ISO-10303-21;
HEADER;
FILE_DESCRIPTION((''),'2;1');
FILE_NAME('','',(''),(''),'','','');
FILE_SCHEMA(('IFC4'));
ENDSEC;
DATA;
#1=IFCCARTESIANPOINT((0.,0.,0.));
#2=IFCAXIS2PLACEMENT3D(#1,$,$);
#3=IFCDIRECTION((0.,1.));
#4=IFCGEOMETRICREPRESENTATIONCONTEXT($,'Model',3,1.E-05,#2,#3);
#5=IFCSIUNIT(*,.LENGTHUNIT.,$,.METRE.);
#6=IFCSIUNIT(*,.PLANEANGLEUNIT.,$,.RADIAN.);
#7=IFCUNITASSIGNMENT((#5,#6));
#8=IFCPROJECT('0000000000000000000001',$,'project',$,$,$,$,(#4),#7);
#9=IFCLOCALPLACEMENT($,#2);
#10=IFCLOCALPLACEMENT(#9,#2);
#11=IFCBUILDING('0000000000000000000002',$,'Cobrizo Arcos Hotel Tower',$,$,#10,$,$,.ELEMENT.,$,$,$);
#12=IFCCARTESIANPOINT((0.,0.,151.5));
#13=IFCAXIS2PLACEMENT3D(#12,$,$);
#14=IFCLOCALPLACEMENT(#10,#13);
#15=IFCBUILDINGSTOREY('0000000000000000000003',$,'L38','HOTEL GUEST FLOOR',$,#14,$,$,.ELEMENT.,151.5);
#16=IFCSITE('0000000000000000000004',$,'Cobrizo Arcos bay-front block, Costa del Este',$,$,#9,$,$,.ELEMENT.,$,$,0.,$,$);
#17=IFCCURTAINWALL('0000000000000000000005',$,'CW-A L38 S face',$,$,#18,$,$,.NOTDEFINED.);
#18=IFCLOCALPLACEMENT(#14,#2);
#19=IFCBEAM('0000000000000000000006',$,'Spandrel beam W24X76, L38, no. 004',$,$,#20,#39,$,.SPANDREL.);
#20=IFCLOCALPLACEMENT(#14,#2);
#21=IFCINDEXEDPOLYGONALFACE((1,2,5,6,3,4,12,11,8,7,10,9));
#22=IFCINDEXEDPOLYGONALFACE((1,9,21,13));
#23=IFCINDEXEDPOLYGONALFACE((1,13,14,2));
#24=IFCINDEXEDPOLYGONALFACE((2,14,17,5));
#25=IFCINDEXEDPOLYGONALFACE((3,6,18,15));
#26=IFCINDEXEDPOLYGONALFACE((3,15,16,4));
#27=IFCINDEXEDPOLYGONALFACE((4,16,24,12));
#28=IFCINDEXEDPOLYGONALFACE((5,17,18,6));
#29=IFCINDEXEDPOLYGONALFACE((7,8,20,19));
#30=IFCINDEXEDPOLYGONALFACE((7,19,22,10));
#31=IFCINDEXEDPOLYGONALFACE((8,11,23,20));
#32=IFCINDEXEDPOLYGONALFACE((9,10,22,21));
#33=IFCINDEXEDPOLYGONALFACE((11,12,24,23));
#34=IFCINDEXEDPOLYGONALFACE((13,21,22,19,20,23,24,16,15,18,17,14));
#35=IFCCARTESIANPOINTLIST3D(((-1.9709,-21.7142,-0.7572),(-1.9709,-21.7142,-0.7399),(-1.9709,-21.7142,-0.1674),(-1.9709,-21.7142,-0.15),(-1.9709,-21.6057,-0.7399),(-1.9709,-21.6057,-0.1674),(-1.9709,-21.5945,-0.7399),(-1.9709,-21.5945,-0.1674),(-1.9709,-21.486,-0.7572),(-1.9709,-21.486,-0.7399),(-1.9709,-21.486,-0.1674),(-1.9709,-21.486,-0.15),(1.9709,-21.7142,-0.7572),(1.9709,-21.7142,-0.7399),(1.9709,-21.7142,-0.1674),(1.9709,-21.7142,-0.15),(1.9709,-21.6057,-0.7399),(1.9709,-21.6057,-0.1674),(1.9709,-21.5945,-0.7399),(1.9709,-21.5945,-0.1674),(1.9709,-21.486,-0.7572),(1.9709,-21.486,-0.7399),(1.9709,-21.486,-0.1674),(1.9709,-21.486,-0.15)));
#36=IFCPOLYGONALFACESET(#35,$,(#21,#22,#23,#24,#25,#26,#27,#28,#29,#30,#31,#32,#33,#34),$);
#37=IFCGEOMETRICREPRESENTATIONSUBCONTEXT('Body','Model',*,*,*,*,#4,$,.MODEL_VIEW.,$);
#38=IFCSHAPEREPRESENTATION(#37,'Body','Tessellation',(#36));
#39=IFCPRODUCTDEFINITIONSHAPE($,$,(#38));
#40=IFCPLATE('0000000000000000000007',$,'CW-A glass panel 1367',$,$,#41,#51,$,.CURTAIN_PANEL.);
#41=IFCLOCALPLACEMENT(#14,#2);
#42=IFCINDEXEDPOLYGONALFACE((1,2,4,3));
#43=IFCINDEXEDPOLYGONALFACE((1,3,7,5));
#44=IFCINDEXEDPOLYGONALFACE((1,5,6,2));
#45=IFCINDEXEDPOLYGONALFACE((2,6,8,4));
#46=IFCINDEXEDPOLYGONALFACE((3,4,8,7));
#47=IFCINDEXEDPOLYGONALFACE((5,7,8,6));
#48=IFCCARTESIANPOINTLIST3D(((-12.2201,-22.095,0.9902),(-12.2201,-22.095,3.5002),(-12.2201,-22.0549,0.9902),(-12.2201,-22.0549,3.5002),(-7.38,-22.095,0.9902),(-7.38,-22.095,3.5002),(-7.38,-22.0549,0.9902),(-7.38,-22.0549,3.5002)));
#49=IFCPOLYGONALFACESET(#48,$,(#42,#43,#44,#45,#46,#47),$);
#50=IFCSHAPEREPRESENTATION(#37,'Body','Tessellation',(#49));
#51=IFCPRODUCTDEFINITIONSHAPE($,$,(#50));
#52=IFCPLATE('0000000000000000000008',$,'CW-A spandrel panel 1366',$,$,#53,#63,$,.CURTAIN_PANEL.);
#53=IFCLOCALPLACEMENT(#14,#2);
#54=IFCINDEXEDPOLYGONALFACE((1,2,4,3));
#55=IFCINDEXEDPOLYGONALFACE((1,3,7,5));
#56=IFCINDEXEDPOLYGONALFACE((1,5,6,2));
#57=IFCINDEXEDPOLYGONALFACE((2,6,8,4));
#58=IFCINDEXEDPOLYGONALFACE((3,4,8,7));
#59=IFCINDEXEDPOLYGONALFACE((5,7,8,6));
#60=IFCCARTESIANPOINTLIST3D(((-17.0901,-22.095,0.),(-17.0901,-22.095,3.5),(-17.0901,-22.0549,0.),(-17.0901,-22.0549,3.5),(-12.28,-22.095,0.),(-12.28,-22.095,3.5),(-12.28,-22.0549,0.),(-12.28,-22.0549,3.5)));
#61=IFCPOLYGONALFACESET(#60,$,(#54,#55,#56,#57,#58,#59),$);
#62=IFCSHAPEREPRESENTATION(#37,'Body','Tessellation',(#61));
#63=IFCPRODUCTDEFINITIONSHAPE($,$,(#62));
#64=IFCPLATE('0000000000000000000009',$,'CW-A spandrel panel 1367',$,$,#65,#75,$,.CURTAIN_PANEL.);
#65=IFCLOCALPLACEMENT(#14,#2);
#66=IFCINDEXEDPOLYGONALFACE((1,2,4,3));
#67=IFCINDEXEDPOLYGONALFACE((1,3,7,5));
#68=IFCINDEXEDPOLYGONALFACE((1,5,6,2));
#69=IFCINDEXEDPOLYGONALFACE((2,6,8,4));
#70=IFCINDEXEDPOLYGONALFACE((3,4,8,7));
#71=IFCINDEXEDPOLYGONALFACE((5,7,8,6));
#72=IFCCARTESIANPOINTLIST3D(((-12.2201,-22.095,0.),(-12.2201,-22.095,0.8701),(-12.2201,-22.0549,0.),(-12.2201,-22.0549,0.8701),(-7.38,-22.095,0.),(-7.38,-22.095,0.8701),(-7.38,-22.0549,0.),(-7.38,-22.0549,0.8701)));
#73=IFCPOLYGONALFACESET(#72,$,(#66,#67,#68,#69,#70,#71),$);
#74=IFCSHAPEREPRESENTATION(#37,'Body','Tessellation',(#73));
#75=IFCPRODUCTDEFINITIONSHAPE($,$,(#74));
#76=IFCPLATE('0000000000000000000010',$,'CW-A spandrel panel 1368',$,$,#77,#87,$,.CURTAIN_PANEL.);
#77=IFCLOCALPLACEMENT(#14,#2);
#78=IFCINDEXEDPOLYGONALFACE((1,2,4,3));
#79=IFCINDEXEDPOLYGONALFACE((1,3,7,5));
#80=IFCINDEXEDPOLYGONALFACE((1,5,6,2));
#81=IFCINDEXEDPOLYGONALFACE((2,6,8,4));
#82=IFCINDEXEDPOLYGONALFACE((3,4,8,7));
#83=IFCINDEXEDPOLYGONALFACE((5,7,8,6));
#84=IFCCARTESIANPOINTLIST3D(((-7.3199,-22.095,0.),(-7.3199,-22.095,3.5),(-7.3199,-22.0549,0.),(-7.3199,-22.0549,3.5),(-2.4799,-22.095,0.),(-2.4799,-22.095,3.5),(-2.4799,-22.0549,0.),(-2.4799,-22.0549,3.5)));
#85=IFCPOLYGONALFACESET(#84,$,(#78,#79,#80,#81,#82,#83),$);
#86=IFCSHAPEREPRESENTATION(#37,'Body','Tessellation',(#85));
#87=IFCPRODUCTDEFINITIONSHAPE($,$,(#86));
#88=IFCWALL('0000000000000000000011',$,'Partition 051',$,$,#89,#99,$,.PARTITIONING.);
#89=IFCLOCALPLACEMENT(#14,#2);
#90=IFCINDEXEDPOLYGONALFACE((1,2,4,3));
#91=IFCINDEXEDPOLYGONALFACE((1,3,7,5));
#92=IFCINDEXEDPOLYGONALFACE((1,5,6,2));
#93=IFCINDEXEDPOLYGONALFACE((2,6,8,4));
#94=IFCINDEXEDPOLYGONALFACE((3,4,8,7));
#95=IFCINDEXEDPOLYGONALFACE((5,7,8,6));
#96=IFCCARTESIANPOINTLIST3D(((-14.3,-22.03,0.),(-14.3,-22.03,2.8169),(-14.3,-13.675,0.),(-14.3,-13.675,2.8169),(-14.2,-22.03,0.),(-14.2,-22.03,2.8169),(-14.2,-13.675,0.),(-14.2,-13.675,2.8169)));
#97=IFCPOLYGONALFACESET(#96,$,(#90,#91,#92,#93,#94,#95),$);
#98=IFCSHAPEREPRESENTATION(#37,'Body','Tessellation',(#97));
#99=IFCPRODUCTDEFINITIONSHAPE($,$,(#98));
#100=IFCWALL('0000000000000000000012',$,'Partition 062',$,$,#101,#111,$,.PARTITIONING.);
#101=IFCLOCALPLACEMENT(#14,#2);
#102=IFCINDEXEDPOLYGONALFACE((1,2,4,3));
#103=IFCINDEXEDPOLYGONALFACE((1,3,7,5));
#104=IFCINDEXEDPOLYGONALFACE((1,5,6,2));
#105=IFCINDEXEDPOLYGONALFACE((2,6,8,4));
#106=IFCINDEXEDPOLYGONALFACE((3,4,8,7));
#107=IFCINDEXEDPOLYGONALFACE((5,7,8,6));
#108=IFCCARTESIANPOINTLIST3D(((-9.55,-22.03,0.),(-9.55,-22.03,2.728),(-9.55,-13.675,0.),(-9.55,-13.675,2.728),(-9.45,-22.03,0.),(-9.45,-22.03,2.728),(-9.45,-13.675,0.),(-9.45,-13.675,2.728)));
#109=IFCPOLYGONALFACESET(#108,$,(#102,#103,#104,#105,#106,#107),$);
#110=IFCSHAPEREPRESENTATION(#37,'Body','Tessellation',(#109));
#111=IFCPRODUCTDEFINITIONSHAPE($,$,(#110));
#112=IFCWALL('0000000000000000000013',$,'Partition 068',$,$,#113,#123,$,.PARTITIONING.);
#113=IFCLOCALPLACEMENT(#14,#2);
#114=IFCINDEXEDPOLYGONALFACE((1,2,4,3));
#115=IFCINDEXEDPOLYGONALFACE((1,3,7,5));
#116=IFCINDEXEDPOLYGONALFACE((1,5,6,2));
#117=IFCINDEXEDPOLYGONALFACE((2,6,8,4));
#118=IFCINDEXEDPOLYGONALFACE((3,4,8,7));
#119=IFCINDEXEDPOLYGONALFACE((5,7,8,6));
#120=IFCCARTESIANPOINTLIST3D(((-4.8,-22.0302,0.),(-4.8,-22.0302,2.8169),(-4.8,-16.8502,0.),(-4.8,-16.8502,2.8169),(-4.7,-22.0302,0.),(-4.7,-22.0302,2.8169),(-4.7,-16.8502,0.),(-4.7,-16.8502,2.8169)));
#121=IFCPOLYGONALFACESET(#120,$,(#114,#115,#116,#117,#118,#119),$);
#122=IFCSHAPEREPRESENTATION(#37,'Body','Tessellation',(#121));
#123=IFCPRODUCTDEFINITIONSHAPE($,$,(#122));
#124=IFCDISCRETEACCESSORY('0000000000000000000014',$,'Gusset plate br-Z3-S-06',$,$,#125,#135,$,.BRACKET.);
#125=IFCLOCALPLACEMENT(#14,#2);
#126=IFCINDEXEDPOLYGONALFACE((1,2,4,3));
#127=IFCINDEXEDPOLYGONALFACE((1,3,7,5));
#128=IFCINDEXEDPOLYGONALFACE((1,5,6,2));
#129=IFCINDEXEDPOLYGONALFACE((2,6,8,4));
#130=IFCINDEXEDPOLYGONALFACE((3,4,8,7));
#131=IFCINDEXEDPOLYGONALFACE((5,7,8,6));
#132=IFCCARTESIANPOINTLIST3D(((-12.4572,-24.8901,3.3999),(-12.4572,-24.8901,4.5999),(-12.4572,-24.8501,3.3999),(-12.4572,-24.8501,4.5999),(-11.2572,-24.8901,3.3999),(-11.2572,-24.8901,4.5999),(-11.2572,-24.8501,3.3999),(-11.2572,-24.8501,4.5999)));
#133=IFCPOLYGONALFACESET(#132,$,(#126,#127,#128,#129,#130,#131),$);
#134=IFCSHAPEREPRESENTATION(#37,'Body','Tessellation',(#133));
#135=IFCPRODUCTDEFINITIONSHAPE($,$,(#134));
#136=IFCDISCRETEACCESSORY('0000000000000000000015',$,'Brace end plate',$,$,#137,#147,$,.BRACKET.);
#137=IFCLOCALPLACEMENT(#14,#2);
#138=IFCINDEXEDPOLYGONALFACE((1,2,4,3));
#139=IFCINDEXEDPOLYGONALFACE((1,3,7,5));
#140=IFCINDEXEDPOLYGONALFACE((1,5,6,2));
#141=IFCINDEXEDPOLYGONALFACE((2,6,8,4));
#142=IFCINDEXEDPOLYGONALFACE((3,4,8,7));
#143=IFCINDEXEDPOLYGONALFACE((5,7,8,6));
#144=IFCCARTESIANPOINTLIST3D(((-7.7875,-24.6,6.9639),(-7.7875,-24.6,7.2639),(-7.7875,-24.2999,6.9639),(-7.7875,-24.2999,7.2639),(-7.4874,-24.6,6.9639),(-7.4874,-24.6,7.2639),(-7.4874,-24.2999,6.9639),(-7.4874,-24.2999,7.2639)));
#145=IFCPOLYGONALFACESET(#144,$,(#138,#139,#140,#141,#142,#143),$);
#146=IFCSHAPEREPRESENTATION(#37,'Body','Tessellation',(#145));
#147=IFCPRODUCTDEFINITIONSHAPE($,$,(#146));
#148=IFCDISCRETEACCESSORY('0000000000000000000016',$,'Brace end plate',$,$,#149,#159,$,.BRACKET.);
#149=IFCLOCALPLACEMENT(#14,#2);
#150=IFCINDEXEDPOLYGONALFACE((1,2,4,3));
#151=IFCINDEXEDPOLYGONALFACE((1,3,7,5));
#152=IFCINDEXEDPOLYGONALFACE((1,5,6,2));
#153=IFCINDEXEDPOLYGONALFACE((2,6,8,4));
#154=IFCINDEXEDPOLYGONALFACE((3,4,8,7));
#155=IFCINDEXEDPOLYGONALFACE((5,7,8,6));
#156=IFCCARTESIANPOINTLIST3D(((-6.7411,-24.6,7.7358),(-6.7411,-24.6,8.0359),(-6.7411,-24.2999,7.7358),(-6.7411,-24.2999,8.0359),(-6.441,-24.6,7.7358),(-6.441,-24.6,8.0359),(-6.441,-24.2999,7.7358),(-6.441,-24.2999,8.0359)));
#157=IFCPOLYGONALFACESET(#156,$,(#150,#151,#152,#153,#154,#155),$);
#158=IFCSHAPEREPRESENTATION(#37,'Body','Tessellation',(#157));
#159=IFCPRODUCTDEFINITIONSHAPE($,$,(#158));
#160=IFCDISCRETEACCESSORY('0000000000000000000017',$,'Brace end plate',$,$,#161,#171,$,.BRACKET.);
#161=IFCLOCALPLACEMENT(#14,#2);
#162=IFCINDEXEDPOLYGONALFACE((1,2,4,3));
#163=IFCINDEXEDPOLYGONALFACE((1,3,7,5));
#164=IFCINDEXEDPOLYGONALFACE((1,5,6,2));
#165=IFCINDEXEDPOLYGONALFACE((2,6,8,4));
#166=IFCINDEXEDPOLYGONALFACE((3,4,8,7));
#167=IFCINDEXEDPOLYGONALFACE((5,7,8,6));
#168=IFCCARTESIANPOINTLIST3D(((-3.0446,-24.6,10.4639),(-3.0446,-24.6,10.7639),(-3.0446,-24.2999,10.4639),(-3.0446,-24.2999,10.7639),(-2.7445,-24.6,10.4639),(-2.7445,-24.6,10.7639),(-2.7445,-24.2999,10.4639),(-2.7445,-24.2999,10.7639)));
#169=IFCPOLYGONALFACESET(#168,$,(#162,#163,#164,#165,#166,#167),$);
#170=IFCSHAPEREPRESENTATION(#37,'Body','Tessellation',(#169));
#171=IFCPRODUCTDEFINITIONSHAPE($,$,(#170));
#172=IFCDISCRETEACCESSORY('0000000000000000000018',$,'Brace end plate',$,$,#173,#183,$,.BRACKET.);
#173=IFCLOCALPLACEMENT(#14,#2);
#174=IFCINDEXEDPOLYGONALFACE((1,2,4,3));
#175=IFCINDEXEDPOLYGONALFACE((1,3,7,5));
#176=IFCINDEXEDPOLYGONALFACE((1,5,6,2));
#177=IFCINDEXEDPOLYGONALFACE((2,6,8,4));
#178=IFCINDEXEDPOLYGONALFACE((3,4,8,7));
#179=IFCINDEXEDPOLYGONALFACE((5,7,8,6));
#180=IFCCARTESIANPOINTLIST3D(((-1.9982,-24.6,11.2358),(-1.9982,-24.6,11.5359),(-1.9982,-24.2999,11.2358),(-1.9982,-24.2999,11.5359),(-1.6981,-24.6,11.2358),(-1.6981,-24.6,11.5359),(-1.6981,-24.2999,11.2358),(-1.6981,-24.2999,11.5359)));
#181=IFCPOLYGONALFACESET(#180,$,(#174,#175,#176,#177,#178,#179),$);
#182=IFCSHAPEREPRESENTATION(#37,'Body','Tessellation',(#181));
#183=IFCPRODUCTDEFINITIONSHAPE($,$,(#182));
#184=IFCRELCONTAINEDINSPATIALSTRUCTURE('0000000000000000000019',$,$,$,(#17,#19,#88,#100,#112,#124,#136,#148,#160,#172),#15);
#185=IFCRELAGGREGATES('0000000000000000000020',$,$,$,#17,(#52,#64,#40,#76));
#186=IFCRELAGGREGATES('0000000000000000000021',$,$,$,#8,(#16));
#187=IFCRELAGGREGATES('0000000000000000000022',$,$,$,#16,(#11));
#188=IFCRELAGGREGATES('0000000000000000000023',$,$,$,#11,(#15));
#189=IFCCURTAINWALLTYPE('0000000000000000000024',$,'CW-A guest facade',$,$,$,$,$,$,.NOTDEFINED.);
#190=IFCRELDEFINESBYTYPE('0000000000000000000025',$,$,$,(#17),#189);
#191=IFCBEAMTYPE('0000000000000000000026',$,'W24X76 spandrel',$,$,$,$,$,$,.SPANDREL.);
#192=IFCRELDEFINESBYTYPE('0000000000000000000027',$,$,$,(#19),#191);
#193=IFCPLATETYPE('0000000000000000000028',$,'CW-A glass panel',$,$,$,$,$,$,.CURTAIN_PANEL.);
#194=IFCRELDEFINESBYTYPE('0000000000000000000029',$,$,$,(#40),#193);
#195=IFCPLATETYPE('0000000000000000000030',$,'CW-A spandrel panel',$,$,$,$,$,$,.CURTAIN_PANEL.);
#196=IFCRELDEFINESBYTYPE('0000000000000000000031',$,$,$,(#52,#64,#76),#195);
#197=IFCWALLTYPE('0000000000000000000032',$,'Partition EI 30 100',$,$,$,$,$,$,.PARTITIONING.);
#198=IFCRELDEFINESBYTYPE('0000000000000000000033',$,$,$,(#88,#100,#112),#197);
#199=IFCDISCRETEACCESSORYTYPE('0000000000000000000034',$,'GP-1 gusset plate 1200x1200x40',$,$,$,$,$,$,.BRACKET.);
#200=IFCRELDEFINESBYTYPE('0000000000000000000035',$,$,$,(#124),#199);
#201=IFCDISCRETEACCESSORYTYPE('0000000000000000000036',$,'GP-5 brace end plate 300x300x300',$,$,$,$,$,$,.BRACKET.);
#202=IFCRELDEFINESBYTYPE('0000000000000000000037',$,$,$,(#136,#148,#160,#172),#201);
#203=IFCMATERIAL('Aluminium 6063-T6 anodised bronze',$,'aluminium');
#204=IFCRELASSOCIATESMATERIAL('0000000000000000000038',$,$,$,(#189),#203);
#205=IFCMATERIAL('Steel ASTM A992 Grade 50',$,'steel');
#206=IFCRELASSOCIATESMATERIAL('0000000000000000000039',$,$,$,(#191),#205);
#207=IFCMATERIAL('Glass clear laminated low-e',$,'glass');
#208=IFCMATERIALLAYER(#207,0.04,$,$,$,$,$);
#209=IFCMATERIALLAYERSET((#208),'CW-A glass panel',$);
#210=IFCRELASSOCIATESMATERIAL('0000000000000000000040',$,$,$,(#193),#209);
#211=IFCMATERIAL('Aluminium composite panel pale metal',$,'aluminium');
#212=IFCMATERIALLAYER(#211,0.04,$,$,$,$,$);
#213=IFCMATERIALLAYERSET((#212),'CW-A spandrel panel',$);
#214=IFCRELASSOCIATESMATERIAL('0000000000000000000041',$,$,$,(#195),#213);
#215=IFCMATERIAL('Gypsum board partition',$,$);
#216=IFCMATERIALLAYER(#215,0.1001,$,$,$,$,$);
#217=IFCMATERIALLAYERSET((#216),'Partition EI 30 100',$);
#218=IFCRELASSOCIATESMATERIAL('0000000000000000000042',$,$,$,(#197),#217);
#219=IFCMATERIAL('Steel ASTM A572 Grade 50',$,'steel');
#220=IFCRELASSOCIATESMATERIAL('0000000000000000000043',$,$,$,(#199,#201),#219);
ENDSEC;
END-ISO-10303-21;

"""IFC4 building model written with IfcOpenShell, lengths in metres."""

from ifc_helpers import new_model, si_unit, direction, frame, frame_2d, origin, origin_2d, place, context, subcontext, project, spatial, rectangle, i_section, extrude, material, layer, layer_set, material_profile, profile_set, type_object, element, aggregate, save


model = new_model("IFC4")

# Units and contexts
model_context = context("Model", 3, precision=1e-05, world=origin(), true_north=direction((0.0, 1.0)))
body_context = subcontext(model_context, "Body", "Model", "MODEL_VIEW")
ifc_project = project(units=[si_unit("LENGTHUNIT", "METRE"), si_unit("PLANEANGLEUNIT", "RADIAN")], contexts=[model_context])

# Site, building, storey
site_placement = place(None, origin())
site = spatial("IfcSite", under=ifc_project, at=site_placement, Name="Cobrizo Arcos bay-front block, Costa del Este", CompositionType="ELEMENT", RefElevation=0.0)
building_placement = place(site_placement, origin())
building = spatial("IfcBuilding", under=site, at=building_placement, Name="Cobrizo Arcos Hotel Tower", CompositionType="ELEMENT")
storey_placement = place(building_placement, frame((0.0, 0.0, 151.5)))
storey = spatial("IfcBuildingStorey", under=building, at=storey_placement, Name="L38", Description="HOTEL GUEST FLOOR", CompositionType="ELEMENT", Elevation=151.5)

# Shared definitions
ifc_material_1 = material(Name="Steel ASTM A572 Grade 50", Category="steel")

# Curtain wall
ifc_material_2 = material(Name="Aluminium 6063-T6 anodised bronze", Category="aluminium")
curtain_wall_type = type_object("IfcCurtainWallType", Name="CW-A guest facade", PredefinedType="NOTDEFINED", material=ifc_material_2)
curtain_wall_placement = place(storey_placement, origin())
curtain_wall = element("IfcCurtainWall", 1, at=curtain_wall_placement, inside=storey, type_object=curtain_wall_type, Name="CW-A L38 S face", PredefinedType="NOTDEFINED")

# Beam
ifc_material_3 = material(Name="Steel ASTM A992 Grade 50", Category="steel")
ifc_material_profile_1 = material_profile(ifc_material_3, i_section(OverallWidth=0.2283, OverallDepth=0.6072, WebThickness=0.0112, FlangeThickness=0.0173, at=origin_2d()), Name="W24X76")
ifc_profile_set_1 = profile_set([ifc_material_profile_1], Name="Steel ASTM A992 Grade 50")
beam_type = type_object("IfcBeamType", Name="W24X76 spandrel", PredefinedType="SPANDREL", material=ifc_profile_set_1)
beam_placement = place(storey_placement, frame((-1.9709, -21.6001, -0.4536), z_axis=(1.0, 0.0, 0.0), x_axis=(0.0, 1.0, 0.0)))
element("IfcBeam", 2, at=beam_placement, inside=storey, type_object=beam_type, Name="Spandrel beam W24X76, L38, no. 004", PredefinedType="SPANDREL", context=body_context, shape_type="SweptSolid", body=[
    extrude(i_section(OverallWidth=0.2283, OverallDepth=0.6072, WebThickness=0.0112, FlangeThickness=0.0173, at=origin_2d()), origin(), (0.0, 0.0, 1.0), 3.9419),
])

# Plates
ifc_material_4 = material(Name="Glass clear laminated low-e", Category="glass")
ifc_layer_1 = layer(ifc_material_4, 0.04)
ifc_layer_set_1 = layer_set([ifc_layer_1], Name="CW-A glass panel")
plate_type_1 = type_object("IfcPlateType", Name="CW-A glass panel", PredefinedType="CURTAIN_PANEL", material=ifc_layer_set_1)
plate_1_placement = place(storey_placement, frame((-9.8, -22.075, 0.9902), z_axis=(0.0, 0.0, 1.0), x_axis=(1.0, 0.0, 0.0)))
plate_1 = element("IfcPlate", 3, at=plate_1_placement, type_object=plate_type_1, Name="CW-A glass panel 1367", PredefinedType="CURTAIN_PANEL", context=body_context, shape_type="SweptSolid", body=[
    extrude(rectangle(XDim=4.8401, YDim=0.04, at=origin_2d()), origin(), (0.0, 0.0, 1.0), 2.51),
])
ifc_material_5 = material(Name="Aluminium composite panel pale metal", Category="aluminium")
ifc_layer_2 = layer(ifc_material_5, 0.04)
ifc_layer_set_2 = layer_set([ifc_layer_2], Name="CW-A spandrel panel")
plate_type_2 = type_object("IfcPlateType", Name="CW-A spandrel panel", PredefinedType="CURTAIN_PANEL", material=ifc_layer_set_2)
plate_2_placement = place(storey_placement, frame((-14.6851, -22.075, 0.0), z_axis=(0.0, 0.0, 1.0), x_axis=(1.0, 0.0, 0.0)))
plate_2 = element("IfcPlate", 4, at=plate_2_placement, type_object=plate_type_2, Name="CW-A spandrel panel 1366", PredefinedType="CURTAIN_PANEL", context=body_context, shape_type="SweptSolid", body=[
    extrude(rectangle(XDim=4.8101, YDim=0.04, at=origin_2d()), origin(), (0.0, 0.0, 1.0), 3.5),
])
plate_3_placement = place(storey_placement, frame((-9.8, -22.075, 0.0), z_axis=(0.0, 0.0, 1.0), x_axis=(1.0, 0.0, 0.0)))
plate_3 = element("IfcPlate", 5, at=plate_3_placement, type_object=plate_type_2, Name="CW-A spandrel panel 1367", PredefinedType="CURTAIN_PANEL", context=body_context, shape_type="SweptSolid", body=[
    extrude(rectangle(XDim=4.8401, YDim=0.04, at=origin_2d()), origin(), (0.0, 0.0, 1.0), 0.8701),
])
plate_4_placement = place(storey_placement, frame((-4.8999, -22.075, 0.0), z_axis=(0.0, 0.0, 1.0), x_axis=(1.0, 0.0, 0.0)))
plate_4 = element("IfcPlate", 6, at=plate_4_placement, type_object=plate_type_2, Name="CW-A spandrel panel 1368", PredefinedType="CURTAIN_PANEL", context=body_context, shape_type="SweptSolid", body=[
    extrude(rectangle(XDim=4.8401, YDim=0.04, at=origin_2d()), origin(), (0.0, 0.0, 1.0), 3.5),
])
aggregate(curtain_wall, [plate_2, plate_3, plate_1, plate_4])

# Walls
ifc_material_6 = material(Name="Gypsum board partition")
ifc_layer_3 = layer(ifc_material_6, 0.1001)
ifc_layer_set_3 = layer_set([ifc_layer_3], Name="Partition EI 30 100")
wall_type = type_object("IfcWallType", Name="Partition EI 30 100", PredefinedType="PARTITIONING", material=ifc_layer_set_3)
wall_1_placement = place(storey_placement, frame((-14.25, -22.03, 0.0), z_axis=(0.0, 0.0, 1.0), x_axis=(0.0, 1.0, 0.0)))
element("IfcWall", 7, at=wall_1_placement, inside=storey, type_object=wall_type, Name="Partition 051", PredefinedType="PARTITIONING", context=body_context, shape_type="SweptSolid", body=[
    extrude(rectangle(XDim=8.355, YDim=0.1001, at=frame_2d((4.1775, 0.0))), origin(), (0.0, 0.0, 1.0), 2.8169),
])
wall_2_placement = place(storey_placement, frame((-9.5, -22.03, 0.0), z_axis=(0.0, 0.0, 1.0), x_axis=(0.0, 1.0, 0.0)))
element("IfcWall", 8, at=wall_2_placement, inside=storey, type_object=wall_type, Name="Partition 062", PredefinedType="PARTITIONING", context=body_context, shape_type="SweptSolid", body=[
    extrude(rectangle(XDim=8.355, YDim=0.1001, at=frame_2d((4.1775, 0.0))), origin(), (0.0, 0.0, 1.0), 2.728),
])
wall_3_placement = place(storey_placement, frame((-4.75, -22.03, 0.0), z_axis=(0.0, 0.0, 1.0), x_axis=(0.0, 1.0, 0.0)))
element("IfcWall", 9, at=wall_3_placement, inside=storey, type_object=wall_type, Name="Partition 068", PredefinedType="PARTITIONING", context=body_context, shape_type="SweptSolid", body=[
    extrude(rectangle(XDim=5.1799, YDim=0.1001, at=frame_2d((2.5898, 0.0))), origin(), (0.0, 0.0, 1.0), 2.8169),
])

# Discrete accessories
discrete_accessory_type_1 = type_object("IfcDiscreteAccessoryType", Name="GP-1 gusset plate 1200x1200x40", PredefinedType="BRACKET", material=ifc_material_1)
discrete_accessory_placement = place(storey_placement, frame((-11.8572, -24.8701, 3.3999), z_axis=(0.0, 0.0, 1.0), x_axis=(1.0, 0.0, 0.0)))
element("IfcDiscreteAccessory", 10, at=discrete_accessory_placement, inside=storey, type_object=discrete_accessory_type_1, Name="Gusset plate br-Z3-S-06", PredefinedType="BRACKET", context=body_context, shape_type="SweptSolid", body=[
    extrude(rectangle(XDim=1.2, YDim=0.04, at=origin_2d()), origin(), (0.0, 0.0, 1.0), 1.2),
])
discrete_accessory_type_2 = type_object("IfcDiscreteAccessoryType", Name="GP-5 brace end plate 300x300x300", PredefinedType="BRACKET", material=ifc_material_1)
for number, where, z_axis, x_axis, name in (
    (11, (-7.6375, -24.45, 6.9639), (0.0, 0.0, 1.0), (1.0, 0.0, 0.0), "Brace end plate"),
    (12, (-6.5911, -24.45, 7.7358), (0.0, 0.0, 1.0), (1.0, 0.0, 0.0), "Brace end plate"),
    (13, (-2.8945, -24.45, 10.4639), (0.0, 0.0, 1.0), (1.0, 0.0, 0.0), "Brace end plate"),
    (14, (-1.8481, -24.45, 11.2358), (0.0, 0.0, 1.0), (1.0, 0.0, 0.0), "Brace end plate"),
):
    element("IfcDiscreteAccessory", number, at=place(storey_placement, frame(where, z_axis=z_axis, x_axis=x_axis)), inside=storey, type_object=discrete_accessory_type_2, Name=name, PredefinedType="BRACKET", context=body_context, shape_type="SweptSolid", body=[
        extrude(rectangle(XDim=0.3, YDim=0.3, at=origin_2d()), origin(), (0.0, 0.0, 1.0), 0.3),
    ])

save(model, "model.ifc")
